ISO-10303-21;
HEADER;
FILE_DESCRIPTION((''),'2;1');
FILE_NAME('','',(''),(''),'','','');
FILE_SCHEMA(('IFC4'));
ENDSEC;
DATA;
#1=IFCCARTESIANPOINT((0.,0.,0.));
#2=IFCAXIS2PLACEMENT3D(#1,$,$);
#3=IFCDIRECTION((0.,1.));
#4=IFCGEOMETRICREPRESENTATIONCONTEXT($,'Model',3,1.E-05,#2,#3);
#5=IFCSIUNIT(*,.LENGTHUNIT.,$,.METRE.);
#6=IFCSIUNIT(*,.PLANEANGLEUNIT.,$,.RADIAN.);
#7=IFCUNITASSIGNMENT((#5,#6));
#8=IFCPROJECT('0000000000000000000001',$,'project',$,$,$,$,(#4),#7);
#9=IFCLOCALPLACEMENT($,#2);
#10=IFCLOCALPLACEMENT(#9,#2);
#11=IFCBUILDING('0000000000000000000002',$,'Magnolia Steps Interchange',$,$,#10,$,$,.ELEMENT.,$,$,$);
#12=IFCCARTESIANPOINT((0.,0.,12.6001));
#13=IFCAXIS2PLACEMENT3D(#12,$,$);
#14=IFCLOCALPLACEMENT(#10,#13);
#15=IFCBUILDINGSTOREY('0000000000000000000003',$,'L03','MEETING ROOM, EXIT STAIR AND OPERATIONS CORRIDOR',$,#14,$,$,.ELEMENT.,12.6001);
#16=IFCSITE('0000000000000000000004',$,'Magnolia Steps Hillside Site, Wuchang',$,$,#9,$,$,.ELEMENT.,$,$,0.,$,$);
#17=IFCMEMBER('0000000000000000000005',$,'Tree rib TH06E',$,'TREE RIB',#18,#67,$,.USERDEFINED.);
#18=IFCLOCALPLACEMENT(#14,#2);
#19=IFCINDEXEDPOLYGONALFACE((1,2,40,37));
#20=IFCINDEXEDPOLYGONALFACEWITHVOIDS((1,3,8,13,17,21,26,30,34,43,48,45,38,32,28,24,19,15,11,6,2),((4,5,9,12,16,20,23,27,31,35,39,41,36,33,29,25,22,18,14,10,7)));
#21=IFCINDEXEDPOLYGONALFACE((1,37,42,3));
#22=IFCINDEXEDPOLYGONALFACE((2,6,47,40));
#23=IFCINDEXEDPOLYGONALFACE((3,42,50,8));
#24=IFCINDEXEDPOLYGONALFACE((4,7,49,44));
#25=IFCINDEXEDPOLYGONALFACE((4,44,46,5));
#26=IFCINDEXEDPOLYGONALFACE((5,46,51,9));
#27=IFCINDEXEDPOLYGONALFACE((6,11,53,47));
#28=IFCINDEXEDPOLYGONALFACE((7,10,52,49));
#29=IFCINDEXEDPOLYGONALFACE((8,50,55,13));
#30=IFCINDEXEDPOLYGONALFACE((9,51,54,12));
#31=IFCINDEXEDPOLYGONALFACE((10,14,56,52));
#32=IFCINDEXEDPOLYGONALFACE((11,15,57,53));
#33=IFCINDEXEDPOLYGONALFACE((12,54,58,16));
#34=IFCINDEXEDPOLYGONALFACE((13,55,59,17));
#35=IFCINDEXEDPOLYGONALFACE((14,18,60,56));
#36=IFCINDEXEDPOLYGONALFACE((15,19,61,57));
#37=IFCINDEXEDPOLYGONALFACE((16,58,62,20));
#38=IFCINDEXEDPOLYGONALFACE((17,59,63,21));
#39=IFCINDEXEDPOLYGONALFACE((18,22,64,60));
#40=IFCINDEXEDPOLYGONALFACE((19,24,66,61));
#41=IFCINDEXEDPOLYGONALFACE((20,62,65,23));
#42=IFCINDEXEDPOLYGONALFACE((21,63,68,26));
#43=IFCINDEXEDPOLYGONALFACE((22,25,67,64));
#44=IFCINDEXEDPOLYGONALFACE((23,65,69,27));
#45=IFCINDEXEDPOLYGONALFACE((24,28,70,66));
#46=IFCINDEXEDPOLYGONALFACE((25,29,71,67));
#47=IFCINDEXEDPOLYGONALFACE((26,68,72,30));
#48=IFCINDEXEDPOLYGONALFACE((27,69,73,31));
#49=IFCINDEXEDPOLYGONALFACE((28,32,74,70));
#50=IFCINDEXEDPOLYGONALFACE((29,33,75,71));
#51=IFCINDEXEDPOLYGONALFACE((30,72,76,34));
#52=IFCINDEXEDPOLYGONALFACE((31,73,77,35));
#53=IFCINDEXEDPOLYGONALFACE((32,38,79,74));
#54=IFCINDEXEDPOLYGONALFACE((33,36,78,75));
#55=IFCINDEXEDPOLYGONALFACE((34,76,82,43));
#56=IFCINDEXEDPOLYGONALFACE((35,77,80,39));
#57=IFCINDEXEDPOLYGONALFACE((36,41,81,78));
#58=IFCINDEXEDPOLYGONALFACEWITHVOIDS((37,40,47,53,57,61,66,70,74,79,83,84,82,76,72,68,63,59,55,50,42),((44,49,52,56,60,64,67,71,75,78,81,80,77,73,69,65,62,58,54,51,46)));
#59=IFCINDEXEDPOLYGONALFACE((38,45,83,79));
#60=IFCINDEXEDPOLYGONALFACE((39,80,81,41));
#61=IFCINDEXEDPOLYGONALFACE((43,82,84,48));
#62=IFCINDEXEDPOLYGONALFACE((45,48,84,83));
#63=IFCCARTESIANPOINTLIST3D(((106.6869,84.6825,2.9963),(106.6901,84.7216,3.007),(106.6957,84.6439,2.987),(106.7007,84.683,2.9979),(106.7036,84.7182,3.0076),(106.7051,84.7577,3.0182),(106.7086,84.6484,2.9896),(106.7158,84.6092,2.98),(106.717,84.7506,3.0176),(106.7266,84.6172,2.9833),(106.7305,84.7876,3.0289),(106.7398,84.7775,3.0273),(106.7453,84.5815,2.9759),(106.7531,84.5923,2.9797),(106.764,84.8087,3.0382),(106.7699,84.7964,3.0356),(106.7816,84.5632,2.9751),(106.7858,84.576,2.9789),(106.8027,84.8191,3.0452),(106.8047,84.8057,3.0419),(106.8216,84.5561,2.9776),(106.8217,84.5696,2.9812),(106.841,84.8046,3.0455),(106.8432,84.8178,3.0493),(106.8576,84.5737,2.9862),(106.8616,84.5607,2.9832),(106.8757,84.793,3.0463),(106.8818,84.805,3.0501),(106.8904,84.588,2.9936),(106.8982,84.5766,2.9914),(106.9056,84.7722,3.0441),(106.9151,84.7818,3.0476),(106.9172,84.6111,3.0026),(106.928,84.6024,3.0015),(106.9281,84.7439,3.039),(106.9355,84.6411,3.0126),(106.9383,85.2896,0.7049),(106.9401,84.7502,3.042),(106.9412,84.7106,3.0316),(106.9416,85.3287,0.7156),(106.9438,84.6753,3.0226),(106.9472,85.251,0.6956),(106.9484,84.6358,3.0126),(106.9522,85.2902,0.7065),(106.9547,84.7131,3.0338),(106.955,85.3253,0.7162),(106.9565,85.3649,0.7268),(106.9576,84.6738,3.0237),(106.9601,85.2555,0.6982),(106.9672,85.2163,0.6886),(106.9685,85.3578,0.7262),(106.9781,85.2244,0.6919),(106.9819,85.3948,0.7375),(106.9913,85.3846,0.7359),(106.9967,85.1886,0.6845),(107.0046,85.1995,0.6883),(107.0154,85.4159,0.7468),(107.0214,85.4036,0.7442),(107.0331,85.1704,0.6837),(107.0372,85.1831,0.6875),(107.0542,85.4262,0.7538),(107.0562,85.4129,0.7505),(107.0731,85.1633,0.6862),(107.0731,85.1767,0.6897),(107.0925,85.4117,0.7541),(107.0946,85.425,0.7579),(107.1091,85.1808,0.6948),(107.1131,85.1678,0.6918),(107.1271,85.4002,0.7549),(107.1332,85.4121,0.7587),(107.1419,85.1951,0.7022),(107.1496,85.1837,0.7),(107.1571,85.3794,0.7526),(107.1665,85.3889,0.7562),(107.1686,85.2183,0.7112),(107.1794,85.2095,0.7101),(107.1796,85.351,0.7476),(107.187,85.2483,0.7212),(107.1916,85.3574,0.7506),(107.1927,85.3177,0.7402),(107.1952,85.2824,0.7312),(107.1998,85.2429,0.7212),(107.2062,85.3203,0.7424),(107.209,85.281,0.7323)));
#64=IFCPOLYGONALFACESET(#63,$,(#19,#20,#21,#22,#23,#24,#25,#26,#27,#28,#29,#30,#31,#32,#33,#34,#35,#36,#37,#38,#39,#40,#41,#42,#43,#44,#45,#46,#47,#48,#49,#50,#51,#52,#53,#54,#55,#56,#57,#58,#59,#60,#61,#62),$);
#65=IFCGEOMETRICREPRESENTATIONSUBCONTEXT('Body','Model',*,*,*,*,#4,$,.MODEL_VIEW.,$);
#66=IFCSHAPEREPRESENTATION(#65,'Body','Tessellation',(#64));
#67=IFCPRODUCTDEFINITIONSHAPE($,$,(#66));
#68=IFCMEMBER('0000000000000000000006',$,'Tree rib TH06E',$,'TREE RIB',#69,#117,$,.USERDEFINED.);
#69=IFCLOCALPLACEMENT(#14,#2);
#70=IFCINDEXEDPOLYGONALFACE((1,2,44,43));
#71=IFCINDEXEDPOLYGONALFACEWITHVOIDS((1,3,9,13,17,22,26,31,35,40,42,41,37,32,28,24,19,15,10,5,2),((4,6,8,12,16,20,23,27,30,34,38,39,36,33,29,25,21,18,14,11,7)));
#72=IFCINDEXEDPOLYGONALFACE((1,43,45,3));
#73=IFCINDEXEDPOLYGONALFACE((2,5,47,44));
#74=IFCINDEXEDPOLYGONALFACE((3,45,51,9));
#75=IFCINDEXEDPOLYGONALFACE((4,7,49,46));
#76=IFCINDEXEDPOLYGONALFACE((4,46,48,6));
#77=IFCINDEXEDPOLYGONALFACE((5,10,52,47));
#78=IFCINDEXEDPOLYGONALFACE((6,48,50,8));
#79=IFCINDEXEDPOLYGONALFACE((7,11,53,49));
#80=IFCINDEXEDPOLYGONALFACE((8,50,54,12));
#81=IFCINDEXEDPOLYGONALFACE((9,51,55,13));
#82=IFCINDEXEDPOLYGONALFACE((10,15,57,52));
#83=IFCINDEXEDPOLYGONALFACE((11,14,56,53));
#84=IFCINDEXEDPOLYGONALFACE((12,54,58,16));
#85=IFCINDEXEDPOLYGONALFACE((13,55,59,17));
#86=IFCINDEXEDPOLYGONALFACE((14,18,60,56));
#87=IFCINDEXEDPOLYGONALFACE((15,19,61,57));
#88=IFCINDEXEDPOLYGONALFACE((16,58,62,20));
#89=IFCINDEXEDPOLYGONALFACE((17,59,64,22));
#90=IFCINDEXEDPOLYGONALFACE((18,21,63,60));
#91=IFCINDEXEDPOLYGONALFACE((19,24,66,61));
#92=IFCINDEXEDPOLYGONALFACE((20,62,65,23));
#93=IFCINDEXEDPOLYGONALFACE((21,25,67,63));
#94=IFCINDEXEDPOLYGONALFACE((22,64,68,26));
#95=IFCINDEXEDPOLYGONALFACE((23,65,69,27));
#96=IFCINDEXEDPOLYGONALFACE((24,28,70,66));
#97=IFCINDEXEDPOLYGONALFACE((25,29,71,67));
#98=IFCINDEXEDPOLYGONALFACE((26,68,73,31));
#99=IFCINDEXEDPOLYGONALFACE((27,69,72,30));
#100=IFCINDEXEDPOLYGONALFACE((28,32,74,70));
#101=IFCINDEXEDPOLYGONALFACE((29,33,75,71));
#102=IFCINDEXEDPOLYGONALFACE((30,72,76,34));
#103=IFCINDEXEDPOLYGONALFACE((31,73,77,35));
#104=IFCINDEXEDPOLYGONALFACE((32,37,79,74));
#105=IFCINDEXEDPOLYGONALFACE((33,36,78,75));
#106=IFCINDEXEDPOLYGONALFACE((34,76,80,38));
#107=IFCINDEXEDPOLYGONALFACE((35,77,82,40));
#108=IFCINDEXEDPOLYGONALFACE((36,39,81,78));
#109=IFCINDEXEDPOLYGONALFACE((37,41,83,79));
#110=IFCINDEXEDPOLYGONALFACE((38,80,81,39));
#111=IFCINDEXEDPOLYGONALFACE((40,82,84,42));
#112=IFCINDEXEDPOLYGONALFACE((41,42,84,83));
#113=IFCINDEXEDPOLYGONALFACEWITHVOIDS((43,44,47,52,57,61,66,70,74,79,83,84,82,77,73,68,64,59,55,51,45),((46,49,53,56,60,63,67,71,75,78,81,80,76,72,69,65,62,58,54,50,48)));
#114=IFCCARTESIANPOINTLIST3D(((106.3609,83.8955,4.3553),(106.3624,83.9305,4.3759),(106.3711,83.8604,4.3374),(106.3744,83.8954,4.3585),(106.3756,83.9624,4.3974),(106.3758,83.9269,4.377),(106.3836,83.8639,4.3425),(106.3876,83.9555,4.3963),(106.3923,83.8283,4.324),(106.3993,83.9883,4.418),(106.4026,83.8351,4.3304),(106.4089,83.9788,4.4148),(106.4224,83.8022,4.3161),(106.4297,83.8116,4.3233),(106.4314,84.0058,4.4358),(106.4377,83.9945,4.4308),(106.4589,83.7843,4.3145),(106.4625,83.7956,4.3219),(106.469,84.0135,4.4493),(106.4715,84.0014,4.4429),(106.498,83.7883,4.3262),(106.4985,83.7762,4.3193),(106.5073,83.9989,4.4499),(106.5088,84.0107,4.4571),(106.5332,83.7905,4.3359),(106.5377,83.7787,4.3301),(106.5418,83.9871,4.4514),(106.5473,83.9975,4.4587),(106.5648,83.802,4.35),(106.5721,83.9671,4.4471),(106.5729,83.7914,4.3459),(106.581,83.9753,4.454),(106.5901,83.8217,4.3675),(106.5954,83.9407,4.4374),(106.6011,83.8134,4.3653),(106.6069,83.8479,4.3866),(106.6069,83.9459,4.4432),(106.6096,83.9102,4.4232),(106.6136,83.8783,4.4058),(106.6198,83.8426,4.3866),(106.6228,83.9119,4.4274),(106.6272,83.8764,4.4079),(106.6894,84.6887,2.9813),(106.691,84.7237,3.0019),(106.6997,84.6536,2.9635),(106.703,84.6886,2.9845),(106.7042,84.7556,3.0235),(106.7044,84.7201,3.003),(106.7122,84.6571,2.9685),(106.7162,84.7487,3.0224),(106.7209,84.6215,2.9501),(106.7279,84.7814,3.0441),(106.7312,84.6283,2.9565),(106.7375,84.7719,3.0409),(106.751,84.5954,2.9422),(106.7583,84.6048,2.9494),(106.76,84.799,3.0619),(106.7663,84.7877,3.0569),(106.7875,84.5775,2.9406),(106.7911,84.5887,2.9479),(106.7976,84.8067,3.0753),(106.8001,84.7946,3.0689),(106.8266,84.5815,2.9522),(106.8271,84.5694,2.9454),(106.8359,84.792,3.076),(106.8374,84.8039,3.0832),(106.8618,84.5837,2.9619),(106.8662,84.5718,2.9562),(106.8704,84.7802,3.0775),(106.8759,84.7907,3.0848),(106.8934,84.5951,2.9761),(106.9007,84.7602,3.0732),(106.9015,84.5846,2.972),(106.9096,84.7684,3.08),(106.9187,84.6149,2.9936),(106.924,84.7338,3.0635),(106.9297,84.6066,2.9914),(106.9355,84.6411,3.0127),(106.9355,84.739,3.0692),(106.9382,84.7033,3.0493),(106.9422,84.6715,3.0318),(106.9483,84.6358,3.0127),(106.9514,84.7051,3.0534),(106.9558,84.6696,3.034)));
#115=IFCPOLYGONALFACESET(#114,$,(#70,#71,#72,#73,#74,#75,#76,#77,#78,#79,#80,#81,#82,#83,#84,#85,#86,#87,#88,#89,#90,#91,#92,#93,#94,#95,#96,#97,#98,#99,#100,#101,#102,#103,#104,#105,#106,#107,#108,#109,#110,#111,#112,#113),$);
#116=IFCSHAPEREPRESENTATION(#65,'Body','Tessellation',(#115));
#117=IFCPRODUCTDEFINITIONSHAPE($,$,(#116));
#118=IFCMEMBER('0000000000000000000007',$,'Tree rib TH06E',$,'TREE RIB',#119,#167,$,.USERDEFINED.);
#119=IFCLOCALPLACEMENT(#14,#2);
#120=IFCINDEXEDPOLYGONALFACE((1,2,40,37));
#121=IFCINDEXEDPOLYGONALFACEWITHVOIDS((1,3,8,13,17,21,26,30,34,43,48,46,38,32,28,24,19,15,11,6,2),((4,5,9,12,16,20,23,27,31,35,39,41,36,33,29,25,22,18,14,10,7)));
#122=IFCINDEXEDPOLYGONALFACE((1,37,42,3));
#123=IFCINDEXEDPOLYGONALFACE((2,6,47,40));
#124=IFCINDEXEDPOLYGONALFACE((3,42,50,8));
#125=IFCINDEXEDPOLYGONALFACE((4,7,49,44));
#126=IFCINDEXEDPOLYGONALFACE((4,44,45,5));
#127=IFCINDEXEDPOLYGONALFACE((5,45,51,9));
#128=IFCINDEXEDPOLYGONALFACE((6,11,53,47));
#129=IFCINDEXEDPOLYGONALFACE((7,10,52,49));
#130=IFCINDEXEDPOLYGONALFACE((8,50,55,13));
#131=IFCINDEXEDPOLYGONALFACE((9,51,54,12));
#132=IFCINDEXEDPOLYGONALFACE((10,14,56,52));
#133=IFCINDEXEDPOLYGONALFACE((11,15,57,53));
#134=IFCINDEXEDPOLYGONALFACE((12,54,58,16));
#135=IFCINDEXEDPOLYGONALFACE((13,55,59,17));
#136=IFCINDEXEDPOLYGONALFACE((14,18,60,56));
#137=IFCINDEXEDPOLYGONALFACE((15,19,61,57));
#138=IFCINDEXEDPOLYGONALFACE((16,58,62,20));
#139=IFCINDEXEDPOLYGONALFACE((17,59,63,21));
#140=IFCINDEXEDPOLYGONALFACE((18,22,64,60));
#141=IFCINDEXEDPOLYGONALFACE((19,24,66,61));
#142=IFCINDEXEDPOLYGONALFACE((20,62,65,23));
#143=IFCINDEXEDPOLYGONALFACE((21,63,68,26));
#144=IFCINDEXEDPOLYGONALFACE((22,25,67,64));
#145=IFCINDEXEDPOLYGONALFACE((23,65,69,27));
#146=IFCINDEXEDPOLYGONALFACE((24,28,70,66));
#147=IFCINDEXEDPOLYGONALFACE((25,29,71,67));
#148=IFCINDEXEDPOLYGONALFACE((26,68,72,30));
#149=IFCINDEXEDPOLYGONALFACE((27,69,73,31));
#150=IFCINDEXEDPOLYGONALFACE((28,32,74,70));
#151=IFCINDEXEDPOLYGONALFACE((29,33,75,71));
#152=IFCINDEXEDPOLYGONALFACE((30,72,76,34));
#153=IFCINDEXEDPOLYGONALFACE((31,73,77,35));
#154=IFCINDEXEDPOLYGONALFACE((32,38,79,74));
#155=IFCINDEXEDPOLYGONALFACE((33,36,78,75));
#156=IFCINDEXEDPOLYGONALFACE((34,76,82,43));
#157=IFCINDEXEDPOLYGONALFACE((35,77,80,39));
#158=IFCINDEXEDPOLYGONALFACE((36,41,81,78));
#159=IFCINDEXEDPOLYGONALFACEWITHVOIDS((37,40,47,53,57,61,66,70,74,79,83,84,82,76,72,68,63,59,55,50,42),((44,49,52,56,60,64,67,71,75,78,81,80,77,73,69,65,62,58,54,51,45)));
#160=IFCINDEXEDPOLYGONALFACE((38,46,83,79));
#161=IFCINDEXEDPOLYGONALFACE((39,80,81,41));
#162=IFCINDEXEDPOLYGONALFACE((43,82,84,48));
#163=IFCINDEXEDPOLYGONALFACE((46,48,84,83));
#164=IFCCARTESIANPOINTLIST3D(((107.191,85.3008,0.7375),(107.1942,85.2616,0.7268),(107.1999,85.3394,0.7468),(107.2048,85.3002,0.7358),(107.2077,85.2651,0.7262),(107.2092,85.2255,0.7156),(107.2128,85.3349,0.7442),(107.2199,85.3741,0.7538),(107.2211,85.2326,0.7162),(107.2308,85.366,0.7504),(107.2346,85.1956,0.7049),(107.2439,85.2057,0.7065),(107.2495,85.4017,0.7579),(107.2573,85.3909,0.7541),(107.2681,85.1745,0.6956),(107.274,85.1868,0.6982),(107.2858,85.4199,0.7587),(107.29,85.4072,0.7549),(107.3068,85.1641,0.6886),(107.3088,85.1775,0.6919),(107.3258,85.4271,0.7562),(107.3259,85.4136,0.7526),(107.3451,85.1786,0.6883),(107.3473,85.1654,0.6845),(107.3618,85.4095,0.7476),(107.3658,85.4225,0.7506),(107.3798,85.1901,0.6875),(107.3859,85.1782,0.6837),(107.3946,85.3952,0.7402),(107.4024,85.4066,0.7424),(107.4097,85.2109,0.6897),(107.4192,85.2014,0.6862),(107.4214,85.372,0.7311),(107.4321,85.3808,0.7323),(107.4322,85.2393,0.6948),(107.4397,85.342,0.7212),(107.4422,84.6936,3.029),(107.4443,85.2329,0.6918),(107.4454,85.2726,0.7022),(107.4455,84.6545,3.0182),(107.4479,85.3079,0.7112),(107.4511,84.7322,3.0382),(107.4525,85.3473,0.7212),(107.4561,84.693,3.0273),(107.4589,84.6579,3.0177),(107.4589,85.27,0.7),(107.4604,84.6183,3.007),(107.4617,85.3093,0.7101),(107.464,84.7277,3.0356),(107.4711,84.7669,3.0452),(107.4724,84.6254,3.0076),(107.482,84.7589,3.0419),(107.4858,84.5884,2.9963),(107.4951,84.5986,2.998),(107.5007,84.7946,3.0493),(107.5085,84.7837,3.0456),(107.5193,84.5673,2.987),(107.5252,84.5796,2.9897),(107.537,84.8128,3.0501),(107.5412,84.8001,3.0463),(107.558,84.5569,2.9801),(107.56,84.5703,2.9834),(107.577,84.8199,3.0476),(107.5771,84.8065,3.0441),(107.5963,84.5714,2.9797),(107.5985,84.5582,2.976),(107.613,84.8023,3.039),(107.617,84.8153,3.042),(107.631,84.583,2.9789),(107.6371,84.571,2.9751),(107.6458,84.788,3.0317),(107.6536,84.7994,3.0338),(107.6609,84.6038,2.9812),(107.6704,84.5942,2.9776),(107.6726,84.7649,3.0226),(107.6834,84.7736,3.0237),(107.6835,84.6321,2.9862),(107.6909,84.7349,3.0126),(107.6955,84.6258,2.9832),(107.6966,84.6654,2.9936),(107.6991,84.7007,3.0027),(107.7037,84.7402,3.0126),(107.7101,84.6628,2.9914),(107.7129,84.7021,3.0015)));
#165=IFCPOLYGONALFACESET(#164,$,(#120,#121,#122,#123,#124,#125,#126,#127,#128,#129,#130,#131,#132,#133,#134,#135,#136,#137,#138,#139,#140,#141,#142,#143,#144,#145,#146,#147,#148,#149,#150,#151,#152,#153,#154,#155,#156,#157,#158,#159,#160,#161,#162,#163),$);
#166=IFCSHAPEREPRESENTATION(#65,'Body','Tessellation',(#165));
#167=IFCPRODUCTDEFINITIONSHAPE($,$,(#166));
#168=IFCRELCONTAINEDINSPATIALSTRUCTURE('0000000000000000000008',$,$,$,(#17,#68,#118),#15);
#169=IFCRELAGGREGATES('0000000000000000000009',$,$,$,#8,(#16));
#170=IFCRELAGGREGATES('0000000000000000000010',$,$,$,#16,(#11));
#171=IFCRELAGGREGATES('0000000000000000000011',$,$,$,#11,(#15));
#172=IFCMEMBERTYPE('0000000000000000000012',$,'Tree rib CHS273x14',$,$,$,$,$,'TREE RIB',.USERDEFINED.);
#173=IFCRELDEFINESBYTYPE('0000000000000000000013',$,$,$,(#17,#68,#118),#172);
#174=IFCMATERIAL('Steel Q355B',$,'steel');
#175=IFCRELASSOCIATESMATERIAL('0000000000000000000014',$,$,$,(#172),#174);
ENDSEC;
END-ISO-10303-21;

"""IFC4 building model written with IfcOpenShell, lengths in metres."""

from ifc_helpers import new_model, si_unit, direction, frame, origin, origin_2d, place, context, subcontext, project, spatial, hollow_circle, extrude, material, material_profile, profile_set, type_object, element, save


model = new_model("IFC4")

# Units and contexts
model_context = context("Model", 3, precision=1e-05, world=origin(), true_north=direction((0.0, 1.0)))
body_context = subcontext(model_context, "Body", "Model", "MODEL_VIEW")
ifc_project = project(units=[si_unit("LENGTHUNIT", "METRE"), si_unit("PLANEANGLEUNIT", "RADIAN")], contexts=[model_context])

# Site, building, storey
site_placement = place(None, origin())
site = spatial("IfcSite", under=ifc_project, at=site_placement, Name="Magnolia Steps Hillside Site, Wuchang", CompositionType="ELEMENT", RefElevation=0.0)
building_placement = place(site_placement, origin())
building = spatial("IfcBuilding", under=site, at=building_placement, Name="Magnolia Steps Interchange", CompositionType="ELEMENT")
storey_placement = place(building_placement, frame((0.0, 0.0, 12.6001)))
storey = spatial("IfcBuildingStorey", under=building, at=storey_placement, Name="L03", Description="MEETING ROOM, EXIT STAIR AND OPERATIONS CORRIDOR", CompositionType="ELEMENT", Elevation=12.6001)

# Members
ifc_material_1 = material(Name="Steel Q355B", Category="steel")
ifc_material_profile_1 = material_profile(ifc_material_1, hollow_circle(Radius=0.1365, WallThickness=0.0139, at=origin_2d()), Name="CHS273x14")
ifc_profile_set_1 = profile_set([ifc_material_profile_1], Name="Steel Q355B")
member_type_1 = type_object("IfcMemberType", Name="Tree rib CHS273x14", ElementType="TREE RIB", PredefinedType="USERDEFINED", material=ifc_profile_set_1)
member_1_placement = place(storey_placement, frame((107.0737, 85.2952, 0.7212), z_axis=(-0.105485, -0.254701, 0.961249), x_axis=(0.923899, -0.382636, 0.0)))
element("IfcMember", 1, at=member_1_placement, inside=storey, type_object=member_type_1, Name="Tree rib TH06E", ObjectType="TREE RIB", PredefinedType="USERDEFINED", context=body_context, shape_type="SweptSolid", body=[
    extrude(hollow_circle(Radius=0.1365, WallThickness=0.0139, at=origin_2d()), origin(), (0.0, 0.0, 1.0), 2.3838),
])
member_2_placement = place(storey_placement, frame((106.8223, 84.688, 3.0127), z_axis=(-0.20282, -0.489571, 0.848047), x_axis=(0.923857, -0.382737, 0.0)))
element("IfcMember", 2, at=member_2_placement, inside=storey, type_object=member_type_1, Name="Tree rib TH06E", ObjectType="TREE RIB", PredefinedType="USERDEFINED", context=body_context, shape_type="SweptSolid", body=[
    extrude(hollow_circle(Radius=0.1365, WallThickness=0.0139, at=origin_2d()), origin(), (0.0, 0.0, 1.0), 1.6201),
])
member_3_placement = place(storey_placement, frame((107.3264, 85.2952, 0.7212), z_axis=(0.105384, -0.254704, 0.96126), x_axis=(0.92403, 0.382319, 0.0)))
element("IfcMember", 3, at=member_3_placement, inside=storey, type_object=member_type_1, Name="Tree rib TH06E", ObjectType="TREE RIB", PredefinedType="USERDEFINED", context=body_context, shape_type="SweptSolid", body=[
    extrude(hollow_circle(Radius=0.1365, WallThickness=0.0139, at=origin_2d()), origin(), (0.0, 0.0, 1.0), 2.3838),
])

save(model, "model.ifc")
